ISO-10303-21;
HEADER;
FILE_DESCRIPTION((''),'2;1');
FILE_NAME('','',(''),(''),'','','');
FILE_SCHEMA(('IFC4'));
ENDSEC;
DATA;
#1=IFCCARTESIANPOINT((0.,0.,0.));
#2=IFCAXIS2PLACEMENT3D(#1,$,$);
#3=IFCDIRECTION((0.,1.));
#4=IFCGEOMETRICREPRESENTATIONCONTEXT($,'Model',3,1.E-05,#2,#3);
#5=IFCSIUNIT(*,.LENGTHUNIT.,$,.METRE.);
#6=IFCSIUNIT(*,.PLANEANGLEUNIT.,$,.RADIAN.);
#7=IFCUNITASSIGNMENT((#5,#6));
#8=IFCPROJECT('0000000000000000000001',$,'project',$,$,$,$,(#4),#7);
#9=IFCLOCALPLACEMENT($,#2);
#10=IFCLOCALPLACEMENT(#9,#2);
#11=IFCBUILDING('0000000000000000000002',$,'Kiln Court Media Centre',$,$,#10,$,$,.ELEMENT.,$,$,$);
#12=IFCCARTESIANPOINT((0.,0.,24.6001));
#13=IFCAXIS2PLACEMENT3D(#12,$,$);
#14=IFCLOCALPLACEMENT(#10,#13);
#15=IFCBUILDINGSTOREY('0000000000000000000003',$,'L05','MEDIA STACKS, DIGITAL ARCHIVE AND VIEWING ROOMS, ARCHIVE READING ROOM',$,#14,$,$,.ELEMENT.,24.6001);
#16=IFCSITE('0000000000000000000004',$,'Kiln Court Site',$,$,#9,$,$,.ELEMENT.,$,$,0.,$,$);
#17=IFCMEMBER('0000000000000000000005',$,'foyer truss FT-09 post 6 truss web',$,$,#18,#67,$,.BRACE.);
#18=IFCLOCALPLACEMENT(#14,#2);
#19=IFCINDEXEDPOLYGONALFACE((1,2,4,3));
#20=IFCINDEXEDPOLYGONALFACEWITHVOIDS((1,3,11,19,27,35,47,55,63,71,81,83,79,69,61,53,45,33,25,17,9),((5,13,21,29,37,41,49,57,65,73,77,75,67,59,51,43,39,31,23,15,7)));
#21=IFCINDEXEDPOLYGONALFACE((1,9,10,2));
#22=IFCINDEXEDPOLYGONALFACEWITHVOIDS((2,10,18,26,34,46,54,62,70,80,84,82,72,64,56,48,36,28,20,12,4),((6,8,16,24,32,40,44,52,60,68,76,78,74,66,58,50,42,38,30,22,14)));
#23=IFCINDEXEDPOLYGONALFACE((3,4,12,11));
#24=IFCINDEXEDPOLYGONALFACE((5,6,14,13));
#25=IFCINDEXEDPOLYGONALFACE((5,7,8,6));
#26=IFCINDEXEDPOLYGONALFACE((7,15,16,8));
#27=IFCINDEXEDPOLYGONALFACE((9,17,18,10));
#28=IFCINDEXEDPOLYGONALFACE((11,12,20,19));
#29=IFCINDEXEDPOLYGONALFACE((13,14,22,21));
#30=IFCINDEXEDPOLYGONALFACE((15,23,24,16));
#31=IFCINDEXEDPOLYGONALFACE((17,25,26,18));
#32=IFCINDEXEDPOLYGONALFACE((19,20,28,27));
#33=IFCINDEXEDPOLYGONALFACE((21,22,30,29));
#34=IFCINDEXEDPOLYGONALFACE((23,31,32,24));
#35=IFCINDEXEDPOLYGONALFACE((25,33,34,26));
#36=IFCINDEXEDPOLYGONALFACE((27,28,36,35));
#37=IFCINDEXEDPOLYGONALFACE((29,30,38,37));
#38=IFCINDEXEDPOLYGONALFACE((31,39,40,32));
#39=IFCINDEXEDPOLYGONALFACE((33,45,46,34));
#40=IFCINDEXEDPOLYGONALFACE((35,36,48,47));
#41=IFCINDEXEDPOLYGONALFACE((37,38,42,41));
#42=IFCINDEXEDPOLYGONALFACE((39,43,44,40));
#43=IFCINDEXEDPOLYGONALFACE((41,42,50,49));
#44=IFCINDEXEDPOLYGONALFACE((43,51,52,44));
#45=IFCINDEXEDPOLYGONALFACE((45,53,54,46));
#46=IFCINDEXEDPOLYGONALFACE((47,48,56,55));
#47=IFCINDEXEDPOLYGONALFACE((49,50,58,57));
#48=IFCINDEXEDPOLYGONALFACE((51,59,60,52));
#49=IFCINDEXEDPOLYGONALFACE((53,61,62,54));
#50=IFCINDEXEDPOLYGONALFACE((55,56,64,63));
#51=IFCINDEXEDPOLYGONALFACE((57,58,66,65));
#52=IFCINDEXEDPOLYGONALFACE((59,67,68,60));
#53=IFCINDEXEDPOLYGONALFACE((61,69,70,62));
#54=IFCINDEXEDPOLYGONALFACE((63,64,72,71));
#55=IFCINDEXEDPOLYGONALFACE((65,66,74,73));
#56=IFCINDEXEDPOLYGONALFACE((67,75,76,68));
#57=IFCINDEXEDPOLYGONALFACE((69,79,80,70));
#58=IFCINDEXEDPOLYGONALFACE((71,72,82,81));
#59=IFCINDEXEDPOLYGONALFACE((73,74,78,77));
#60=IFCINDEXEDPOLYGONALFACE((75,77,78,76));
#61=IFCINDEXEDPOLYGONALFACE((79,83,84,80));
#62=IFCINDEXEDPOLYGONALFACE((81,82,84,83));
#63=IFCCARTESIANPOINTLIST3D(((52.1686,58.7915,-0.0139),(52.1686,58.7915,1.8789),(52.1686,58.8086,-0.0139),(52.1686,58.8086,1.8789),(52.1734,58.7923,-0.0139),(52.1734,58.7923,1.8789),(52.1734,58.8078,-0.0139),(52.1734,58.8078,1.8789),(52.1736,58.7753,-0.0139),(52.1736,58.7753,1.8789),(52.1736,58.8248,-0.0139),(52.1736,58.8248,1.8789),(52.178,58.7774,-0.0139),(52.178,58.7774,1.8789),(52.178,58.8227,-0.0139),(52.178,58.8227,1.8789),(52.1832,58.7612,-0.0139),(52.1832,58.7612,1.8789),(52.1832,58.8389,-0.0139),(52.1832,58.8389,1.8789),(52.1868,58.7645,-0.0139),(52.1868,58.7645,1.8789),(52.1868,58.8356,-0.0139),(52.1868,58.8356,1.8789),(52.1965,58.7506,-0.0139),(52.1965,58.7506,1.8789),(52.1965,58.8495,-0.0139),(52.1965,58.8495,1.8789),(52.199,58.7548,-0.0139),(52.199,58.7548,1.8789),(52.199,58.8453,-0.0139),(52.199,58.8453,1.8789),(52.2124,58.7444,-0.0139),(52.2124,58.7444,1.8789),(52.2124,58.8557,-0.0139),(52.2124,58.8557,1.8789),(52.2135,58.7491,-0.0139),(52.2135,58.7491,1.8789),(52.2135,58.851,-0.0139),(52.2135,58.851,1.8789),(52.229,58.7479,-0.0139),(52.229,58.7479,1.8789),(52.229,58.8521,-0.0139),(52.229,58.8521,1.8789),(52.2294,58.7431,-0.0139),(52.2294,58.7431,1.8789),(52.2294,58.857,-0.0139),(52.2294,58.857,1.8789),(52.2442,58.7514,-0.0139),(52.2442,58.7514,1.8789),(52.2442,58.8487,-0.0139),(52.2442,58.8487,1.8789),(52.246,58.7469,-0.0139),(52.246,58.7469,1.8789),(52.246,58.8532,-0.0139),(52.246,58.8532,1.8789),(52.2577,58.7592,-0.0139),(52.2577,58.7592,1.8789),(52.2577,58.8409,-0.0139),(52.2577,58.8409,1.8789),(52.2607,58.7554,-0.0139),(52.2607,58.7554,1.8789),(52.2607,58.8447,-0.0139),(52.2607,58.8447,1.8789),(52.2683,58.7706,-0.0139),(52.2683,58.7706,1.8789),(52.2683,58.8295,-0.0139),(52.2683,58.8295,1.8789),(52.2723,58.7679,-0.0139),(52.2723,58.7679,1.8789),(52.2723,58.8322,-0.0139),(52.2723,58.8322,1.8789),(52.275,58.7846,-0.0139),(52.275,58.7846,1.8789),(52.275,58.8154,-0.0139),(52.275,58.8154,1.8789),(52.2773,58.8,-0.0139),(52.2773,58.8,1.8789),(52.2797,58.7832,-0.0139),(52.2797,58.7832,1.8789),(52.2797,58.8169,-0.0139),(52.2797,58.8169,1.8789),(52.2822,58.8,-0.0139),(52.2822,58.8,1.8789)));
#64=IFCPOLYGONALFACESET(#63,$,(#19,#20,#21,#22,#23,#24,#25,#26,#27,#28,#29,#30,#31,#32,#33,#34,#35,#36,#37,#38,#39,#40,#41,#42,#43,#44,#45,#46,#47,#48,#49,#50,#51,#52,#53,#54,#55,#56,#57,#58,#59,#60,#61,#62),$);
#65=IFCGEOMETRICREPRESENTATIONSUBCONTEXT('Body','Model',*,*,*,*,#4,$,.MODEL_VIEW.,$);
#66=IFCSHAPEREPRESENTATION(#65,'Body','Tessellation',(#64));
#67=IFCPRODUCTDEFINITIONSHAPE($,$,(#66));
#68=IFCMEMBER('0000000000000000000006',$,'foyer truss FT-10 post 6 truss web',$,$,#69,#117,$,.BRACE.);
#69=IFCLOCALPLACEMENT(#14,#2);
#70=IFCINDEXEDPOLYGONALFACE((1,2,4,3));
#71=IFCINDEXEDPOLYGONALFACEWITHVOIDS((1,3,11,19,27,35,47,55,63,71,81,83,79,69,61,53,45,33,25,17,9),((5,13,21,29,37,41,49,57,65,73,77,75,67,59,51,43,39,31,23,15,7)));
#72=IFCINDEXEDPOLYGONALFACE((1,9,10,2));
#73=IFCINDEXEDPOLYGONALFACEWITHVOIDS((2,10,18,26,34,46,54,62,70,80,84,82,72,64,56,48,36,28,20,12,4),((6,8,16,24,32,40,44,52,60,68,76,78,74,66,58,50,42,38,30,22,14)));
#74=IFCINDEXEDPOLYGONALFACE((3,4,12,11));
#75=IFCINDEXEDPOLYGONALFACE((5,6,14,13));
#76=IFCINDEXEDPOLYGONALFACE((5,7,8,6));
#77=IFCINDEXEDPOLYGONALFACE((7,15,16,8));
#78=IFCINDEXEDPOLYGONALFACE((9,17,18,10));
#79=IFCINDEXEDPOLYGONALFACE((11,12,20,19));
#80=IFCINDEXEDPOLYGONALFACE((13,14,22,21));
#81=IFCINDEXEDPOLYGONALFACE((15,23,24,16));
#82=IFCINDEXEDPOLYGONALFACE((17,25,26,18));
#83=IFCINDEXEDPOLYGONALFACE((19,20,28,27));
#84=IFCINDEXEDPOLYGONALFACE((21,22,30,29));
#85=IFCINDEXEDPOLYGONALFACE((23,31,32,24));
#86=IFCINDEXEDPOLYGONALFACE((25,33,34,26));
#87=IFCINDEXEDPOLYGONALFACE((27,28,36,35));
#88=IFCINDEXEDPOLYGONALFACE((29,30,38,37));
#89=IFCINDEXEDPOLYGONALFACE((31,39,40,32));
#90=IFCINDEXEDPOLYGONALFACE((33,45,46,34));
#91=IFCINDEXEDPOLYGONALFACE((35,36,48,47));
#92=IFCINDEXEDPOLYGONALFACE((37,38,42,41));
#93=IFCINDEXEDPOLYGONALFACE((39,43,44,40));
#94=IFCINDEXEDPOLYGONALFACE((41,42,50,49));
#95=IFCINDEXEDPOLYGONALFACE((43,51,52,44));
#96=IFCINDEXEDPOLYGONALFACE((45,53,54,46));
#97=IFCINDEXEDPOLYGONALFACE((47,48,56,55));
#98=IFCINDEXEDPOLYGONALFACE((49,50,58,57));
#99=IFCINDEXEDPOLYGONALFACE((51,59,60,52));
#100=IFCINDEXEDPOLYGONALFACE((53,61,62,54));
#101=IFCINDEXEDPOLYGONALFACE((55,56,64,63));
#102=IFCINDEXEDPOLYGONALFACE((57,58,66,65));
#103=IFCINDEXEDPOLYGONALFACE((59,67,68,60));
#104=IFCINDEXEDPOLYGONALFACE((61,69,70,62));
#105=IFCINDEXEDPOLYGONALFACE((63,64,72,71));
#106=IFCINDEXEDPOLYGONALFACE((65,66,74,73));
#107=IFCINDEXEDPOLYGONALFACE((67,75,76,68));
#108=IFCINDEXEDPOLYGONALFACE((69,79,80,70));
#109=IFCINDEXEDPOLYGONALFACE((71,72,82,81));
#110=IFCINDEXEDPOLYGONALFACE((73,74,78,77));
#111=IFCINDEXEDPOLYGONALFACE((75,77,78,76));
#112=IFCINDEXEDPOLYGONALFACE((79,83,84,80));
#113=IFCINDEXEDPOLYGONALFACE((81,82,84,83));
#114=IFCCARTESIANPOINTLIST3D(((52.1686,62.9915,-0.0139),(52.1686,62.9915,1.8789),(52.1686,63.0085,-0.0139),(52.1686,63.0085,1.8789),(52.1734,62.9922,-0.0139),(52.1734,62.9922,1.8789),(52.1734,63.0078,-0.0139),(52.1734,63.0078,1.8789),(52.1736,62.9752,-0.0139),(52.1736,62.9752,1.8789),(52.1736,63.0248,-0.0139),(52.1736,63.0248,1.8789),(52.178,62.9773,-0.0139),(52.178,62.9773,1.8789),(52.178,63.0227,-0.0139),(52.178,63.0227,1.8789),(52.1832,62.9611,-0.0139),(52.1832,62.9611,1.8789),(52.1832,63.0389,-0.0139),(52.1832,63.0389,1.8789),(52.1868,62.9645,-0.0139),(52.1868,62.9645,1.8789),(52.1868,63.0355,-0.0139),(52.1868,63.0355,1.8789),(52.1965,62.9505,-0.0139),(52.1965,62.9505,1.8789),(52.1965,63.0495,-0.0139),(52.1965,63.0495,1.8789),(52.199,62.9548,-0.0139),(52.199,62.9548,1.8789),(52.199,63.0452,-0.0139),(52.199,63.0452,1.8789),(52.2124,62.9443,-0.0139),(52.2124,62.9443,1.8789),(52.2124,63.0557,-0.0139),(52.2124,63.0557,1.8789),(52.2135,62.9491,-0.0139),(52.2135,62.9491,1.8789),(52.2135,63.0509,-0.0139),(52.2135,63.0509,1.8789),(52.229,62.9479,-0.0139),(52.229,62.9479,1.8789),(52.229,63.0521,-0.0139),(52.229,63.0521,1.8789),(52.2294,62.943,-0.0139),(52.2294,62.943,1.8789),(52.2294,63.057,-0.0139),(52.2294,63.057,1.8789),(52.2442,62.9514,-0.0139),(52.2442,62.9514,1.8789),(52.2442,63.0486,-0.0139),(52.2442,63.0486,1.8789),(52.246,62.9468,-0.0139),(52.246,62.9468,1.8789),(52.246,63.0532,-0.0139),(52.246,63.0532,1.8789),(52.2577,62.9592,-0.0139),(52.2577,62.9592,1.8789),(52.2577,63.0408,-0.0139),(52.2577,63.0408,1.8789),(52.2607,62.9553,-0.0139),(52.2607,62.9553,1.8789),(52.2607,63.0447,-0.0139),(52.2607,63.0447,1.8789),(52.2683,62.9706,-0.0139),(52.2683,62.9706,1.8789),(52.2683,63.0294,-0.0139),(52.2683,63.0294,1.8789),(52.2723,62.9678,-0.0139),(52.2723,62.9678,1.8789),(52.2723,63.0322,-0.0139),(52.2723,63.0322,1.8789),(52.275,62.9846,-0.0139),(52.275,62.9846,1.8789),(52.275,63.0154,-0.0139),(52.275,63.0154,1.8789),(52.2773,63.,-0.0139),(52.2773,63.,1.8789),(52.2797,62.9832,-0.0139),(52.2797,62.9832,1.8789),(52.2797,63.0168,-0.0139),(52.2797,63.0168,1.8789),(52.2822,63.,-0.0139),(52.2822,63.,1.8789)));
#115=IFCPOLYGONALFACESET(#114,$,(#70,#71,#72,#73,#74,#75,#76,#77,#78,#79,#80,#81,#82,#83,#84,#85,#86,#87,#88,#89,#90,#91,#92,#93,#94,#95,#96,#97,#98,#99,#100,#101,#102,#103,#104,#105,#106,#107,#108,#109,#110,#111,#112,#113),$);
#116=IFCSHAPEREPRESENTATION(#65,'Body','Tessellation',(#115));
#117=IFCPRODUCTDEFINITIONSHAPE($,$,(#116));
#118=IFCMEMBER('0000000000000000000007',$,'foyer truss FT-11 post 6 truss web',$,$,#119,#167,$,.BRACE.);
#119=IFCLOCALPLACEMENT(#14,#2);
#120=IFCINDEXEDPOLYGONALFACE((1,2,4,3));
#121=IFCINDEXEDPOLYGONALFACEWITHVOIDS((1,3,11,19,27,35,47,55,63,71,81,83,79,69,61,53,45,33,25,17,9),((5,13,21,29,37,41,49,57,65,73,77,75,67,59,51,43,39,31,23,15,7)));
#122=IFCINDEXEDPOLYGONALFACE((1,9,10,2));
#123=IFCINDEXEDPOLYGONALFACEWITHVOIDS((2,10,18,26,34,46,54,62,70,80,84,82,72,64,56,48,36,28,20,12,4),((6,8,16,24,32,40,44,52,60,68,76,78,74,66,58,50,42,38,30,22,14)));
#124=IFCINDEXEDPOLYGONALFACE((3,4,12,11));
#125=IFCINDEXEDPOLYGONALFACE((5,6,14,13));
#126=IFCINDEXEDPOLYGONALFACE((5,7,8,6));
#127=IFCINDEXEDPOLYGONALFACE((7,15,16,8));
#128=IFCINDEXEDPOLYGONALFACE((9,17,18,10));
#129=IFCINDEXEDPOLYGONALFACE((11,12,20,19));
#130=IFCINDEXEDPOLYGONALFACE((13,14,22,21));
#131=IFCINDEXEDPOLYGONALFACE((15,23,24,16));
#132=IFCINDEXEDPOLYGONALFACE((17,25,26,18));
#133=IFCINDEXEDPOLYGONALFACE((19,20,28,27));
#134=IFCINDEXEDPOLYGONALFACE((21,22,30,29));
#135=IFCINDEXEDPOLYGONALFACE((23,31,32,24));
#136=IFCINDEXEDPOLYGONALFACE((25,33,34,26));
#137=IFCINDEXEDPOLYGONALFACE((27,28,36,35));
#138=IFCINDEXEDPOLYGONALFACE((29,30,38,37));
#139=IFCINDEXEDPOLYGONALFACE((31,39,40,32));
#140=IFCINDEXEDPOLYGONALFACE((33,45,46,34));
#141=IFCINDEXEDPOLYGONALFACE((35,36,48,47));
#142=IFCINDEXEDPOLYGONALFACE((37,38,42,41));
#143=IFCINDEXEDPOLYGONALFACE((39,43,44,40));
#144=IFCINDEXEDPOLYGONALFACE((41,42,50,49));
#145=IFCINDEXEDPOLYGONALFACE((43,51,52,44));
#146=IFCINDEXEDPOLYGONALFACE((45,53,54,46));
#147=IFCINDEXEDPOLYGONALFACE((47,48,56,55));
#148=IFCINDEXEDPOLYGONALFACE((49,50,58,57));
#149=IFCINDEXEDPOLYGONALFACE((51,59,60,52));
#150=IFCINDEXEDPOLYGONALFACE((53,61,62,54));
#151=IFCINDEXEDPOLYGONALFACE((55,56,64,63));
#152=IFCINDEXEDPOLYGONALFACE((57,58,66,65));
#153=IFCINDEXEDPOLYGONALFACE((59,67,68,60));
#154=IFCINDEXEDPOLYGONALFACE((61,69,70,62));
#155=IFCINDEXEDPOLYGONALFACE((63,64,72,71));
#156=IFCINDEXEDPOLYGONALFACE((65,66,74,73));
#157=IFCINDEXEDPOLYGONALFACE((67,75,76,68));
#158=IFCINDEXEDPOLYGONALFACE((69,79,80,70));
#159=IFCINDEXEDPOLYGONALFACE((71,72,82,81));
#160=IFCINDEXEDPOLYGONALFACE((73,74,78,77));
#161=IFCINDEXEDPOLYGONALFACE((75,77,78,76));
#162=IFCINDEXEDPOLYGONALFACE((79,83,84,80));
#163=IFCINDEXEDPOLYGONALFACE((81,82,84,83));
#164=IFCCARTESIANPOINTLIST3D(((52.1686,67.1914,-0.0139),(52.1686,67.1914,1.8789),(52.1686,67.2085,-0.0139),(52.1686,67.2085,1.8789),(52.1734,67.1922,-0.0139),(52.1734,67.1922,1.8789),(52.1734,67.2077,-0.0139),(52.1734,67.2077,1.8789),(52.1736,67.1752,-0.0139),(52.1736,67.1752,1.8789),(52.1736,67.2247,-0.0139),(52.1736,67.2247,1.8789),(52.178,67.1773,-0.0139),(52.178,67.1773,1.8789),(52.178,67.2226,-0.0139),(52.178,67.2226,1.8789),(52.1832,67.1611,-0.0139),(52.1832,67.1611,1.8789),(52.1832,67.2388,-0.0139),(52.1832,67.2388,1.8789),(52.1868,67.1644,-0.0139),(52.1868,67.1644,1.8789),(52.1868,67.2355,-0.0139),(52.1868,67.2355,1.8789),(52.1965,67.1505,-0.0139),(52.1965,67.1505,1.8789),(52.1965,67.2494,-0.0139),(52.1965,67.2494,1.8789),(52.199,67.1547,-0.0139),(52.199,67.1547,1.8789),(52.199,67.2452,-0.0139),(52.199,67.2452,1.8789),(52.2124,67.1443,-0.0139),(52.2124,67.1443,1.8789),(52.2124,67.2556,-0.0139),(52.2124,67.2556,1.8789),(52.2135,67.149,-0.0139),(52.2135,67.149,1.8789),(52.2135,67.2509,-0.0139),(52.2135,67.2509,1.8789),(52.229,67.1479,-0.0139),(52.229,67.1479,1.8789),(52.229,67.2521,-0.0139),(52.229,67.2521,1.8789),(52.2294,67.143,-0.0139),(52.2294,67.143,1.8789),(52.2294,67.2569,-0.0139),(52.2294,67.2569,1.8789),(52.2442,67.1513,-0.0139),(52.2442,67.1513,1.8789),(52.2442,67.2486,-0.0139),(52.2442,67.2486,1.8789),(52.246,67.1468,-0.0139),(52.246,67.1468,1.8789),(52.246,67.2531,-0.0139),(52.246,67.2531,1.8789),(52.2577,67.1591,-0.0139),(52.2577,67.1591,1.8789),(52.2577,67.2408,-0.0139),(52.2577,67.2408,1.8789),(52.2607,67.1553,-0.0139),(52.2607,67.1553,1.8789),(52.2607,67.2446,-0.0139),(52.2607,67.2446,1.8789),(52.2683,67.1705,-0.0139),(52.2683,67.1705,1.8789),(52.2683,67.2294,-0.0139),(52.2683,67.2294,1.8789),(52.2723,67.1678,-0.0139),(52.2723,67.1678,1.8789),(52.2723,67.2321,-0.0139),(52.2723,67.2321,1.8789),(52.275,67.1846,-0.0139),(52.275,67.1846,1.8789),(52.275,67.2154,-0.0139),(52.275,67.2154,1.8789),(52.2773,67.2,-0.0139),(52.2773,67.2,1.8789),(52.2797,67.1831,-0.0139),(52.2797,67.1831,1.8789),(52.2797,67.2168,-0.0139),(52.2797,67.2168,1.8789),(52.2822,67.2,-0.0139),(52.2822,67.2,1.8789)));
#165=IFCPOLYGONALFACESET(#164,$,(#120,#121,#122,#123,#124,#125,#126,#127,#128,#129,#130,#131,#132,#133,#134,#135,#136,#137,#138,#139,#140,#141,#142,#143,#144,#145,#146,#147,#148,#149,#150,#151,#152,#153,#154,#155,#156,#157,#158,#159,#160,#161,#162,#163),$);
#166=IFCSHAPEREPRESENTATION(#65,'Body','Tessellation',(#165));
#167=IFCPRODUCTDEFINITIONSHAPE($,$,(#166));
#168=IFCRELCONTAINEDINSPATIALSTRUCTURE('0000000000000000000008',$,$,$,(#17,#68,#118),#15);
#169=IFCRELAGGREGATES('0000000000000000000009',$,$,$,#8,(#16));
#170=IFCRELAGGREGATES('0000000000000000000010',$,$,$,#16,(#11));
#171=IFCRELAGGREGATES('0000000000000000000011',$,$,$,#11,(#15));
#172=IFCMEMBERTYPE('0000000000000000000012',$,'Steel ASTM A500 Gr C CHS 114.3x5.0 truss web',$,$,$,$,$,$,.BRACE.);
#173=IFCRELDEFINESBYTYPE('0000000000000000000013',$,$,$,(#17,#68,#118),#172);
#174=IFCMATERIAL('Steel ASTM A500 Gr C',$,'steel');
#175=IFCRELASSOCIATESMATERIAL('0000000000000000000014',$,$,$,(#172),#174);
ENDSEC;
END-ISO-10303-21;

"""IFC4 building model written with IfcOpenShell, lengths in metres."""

from ifc_helpers import new_model, si_unit, direction, frame, origin, origin_2d, place, context, subcontext, project, spatial, hollow_circle, extrude, material, material_profile, profile_set, type_object, element, save


model = new_model("IFC4")

# Units and contexts
model_context = context("Model", 3, precision=1e-05, world=origin(), true_north=direction((0.0, 1.0)))
body_context = subcontext(model_context, "Body", "Model", "MODEL_VIEW")
ifc_project = project(units=[si_unit("LENGTHUNIT", "METRE"), si_unit("PLANEANGLEUNIT", "RADIAN")], contexts=[model_context])

# Site, building, storey
site_placement = place(None, origin())
site = spatial("IfcSite", under=ifc_project, at=site_placement, Name="Kiln Court Site", CompositionType="ELEMENT", RefElevation=0.0)
building_placement = place(site_placement, origin())
building = spatial("IfcBuilding", under=site, at=building_placement, Name="Kiln Court Media Centre", CompositionType="ELEMENT")
storey_placement = place(building_placement, frame((0.0, 0.0, 24.6001)))
storey = spatial("IfcBuildingStorey", under=building, at=storey_placement, Name="L05", Description="MEDIA STACKS, DIGITAL ARCHIVE AND VIEWING ROOMS, ARCHIVE READING ROOM", CompositionType="ELEMENT", Elevation=24.6001)

# Members
ifc_material_1 = material(Name="Steel ASTM A500 Gr C", Category="steel")
ifc_material_profile_1 = material_profile(ifc_material_1, hollow_circle(Radius=0.0571, WallThickness=0.0049, at=origin_2d()), Name="CHS 114.3x5.0")
ifc_profile_set_1 = profile_set([ifc_material_profile_1], Name="Steel ASTM A500 Gr C")
member_type_1 = type_object("IfcMemberType", Name="Steel ASTM A500 Gr C CHS 114.3x5.0 truss web", PredefinedType="BRACE", material=ifc_profile_set_1)
for number, where, z_axis, x_axis, name in (
    (1, (52.2251, 58.8, -0.0139), (0.0, 0.0, 1.0), (1.0, 0.0, 0.0), "foyer truss FT-09 post 6 truss web"),
    (2, (52.2251, 63.0, -0.0139), (0.0, 0.0, 1.0), (1.0, 0.0, 0.0), "foyer truss FT-10 post 6 truss web"),
    (3, (52.2251, 67.2, -0.0139), (0.0, 0.0, 1.0), (1.0, 0.0, 0.0), "foyer truss FT-11 post 6 truss web"),
):
    element("IfcMember", number, at=place(storey_placement, frame(where, z_axis=z_axis, x_axis=x_axis)), inside=storey, type_object=member_type_1, Name=name, PredefinedType="BRACE", context=body_context, shape_type="SweptSolid", body=[
        extrude(hollow_circle(Radius=0.0571, WallThickness=0.0049, at=origin_2d()), origin(), (0.0, 0.0, 1.0), 1.8928),
    ])

save(model, "model.ifc")
